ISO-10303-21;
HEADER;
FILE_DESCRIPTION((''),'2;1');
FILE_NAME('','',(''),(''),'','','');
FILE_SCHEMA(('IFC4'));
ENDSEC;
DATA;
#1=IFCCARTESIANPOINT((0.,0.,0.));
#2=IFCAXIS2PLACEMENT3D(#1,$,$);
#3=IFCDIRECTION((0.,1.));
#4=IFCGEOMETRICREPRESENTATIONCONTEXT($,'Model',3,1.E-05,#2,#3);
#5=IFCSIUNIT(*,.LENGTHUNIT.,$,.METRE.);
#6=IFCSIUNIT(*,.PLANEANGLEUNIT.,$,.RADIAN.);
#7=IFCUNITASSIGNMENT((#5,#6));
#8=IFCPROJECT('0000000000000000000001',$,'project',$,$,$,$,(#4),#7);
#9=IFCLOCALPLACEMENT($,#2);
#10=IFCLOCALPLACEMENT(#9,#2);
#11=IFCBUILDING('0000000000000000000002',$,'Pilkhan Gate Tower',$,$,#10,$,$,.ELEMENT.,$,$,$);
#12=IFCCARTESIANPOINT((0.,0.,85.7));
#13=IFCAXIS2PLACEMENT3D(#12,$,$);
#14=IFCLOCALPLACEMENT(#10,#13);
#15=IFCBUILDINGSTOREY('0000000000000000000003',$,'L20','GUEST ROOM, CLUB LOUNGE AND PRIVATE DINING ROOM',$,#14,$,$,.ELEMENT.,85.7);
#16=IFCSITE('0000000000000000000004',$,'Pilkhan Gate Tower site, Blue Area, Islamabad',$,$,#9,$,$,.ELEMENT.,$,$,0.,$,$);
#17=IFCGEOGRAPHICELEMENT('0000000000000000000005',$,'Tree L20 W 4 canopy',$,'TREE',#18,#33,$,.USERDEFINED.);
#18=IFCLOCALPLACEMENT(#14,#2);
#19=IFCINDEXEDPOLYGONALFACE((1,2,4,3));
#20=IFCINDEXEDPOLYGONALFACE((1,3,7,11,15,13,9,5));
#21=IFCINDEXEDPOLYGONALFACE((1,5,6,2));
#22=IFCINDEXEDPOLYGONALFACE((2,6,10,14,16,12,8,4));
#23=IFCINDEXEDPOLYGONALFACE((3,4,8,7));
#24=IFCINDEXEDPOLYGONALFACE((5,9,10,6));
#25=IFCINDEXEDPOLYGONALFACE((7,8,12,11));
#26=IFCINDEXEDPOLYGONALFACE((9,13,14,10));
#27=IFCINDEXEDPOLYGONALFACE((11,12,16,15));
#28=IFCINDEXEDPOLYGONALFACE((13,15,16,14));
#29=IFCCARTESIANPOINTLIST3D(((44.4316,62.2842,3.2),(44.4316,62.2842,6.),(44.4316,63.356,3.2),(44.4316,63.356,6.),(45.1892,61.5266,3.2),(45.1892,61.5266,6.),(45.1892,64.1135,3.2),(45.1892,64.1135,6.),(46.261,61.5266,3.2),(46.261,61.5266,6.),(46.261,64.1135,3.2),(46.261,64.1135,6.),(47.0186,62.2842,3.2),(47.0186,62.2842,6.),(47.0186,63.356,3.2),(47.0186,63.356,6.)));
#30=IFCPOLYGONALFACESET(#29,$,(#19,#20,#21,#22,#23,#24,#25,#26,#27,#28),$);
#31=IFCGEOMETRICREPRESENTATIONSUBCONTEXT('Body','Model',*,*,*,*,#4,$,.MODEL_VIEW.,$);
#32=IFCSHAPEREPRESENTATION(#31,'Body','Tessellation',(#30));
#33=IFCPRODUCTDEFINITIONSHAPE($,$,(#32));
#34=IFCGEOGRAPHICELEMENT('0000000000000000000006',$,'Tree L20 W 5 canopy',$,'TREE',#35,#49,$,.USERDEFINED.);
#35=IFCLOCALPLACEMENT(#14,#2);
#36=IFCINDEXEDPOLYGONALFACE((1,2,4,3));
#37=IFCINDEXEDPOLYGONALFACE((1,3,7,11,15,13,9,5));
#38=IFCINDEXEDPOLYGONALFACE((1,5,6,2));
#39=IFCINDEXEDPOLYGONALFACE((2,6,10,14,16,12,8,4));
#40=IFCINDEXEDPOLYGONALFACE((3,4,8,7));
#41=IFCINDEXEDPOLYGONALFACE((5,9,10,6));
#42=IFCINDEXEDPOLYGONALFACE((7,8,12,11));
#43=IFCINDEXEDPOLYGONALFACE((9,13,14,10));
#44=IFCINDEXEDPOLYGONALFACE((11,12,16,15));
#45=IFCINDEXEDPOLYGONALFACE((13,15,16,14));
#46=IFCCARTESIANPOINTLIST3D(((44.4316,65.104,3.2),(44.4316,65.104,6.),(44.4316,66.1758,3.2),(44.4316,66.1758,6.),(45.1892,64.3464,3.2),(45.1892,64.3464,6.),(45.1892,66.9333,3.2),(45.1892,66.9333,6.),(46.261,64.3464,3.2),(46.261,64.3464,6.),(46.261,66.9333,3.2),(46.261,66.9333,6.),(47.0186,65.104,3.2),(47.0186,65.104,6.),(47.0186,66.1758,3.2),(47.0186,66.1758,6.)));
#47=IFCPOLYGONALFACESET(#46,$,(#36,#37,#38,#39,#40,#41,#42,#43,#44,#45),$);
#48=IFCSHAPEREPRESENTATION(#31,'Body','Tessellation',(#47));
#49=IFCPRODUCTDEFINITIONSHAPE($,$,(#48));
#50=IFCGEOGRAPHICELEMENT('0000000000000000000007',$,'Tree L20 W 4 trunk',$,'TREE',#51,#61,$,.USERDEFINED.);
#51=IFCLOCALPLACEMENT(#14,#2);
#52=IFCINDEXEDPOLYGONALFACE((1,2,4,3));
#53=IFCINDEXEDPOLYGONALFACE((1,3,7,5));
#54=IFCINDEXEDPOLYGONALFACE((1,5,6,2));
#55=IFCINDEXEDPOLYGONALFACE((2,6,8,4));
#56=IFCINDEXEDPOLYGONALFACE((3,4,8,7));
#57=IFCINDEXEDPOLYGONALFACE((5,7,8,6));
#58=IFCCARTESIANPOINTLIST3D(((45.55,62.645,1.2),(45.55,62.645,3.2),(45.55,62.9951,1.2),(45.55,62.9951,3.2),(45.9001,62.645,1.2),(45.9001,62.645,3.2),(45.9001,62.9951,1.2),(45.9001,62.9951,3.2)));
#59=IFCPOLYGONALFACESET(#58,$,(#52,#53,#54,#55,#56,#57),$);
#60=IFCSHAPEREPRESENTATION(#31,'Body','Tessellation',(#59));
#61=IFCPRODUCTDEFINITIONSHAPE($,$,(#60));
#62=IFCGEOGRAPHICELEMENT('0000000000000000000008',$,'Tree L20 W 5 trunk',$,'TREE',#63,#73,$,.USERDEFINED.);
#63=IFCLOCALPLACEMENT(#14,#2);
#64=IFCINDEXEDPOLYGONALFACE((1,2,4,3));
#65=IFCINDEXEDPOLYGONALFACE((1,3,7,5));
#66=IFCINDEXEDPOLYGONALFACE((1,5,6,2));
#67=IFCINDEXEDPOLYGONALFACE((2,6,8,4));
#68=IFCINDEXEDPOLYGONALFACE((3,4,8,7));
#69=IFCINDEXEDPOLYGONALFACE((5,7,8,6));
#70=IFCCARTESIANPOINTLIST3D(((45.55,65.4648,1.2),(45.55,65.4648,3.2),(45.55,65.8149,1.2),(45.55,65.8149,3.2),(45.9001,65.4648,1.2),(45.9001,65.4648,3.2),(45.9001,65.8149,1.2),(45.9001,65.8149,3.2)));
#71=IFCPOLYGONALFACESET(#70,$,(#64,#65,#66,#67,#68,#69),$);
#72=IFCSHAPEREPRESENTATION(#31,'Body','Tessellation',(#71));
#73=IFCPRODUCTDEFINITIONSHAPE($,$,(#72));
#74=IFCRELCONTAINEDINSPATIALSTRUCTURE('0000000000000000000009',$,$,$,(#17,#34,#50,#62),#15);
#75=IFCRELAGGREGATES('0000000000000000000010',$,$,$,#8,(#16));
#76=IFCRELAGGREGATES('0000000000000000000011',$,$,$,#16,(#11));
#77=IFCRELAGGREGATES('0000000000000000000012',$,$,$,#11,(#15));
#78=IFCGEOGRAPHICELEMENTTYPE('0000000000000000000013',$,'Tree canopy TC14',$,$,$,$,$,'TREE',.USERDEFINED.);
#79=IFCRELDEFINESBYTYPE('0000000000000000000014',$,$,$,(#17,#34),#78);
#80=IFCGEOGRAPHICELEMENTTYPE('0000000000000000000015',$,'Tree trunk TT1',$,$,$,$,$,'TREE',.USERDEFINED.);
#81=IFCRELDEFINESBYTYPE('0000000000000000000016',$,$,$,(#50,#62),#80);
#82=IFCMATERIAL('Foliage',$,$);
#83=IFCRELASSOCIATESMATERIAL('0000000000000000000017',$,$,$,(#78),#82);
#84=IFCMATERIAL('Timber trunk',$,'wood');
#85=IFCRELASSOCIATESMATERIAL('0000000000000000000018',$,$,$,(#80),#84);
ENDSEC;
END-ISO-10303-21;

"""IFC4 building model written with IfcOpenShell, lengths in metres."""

from ifc_helpers import new_model, si_unit, direction, frame, origin, origin_2d, place, context, subcontext, project, spatial, polyline, rectangle, outline, extrude, material, material_profile, profile_set, type_object, element, save


model = new_model("IFC4")

# Units and contexts
model_context = context("Model", 3, precision=1e-05, world=origin(), true_north=direction((0.0, 1.0)))
body_context = subcontext(model_context, "Body", "Model", "MODEL_VIEW")
ifc_project = project(units=[si_unit("LENGTHUNIT", "METRE"), si_unit("PLANEANGLEUNIT", "RADIAN")], contexts=[model_context])

# Site, building, storey
site_placement = place(None, origin())
site = spatial("IfcSite", under=ifc_project, at=site_placement, Name="Pilkhan Gate Tower site, Blue Area, Islamabad", CompositionType="ELEMENT", RefElevation=0.0)
building_placement = place(site_placement, origin())
building = spatial("IfcBuilding", under=site, at=building_placement, Name="Pilkhan Gate Tower", CompositionType="ELEMENT")
storey_placement = place(building_placement, frame((0.0, 0.0, 85.7)))
storey = spatial("IfcBuildingStorey", under=building, at=storey_placement, Name="L20", Description="GUEST ROOM, CLUB LOUNGE AND PRIVATE DINING ROOM", CompositionType="ELEMENT", Elevation=85.7)

# Geographic elements
ifc_material_1 = material(Name="Foliage")
ifc_material_profile_1 = material_profile(ifc_material_1, outline(polyline([(1.2935, 0.5359), (0.5359, 1.2935), (-0.5359, 1.2935), (-1.2935, 0.5359), (-1.2935, -0.5359), (-0.5359, -1.2935), (0.5359, -1.2935), (1.2935, -0.5359), (1.2935, 0.5359)])), Name="Canopy D2.8")
ifc_profile_set_1 = profile_set([ifc_material_profile_1], Name="Foliage")
geographic_element_type_1 = type_object("IfcGeographicElementType", Name="Tree canopy TC14", ElementType="TREE", PredefinedType="USERDEFINED", material=ifc_profile_set_1)
for number, where, z_axis, x_axis, name in (
    (1, (45.7251, 62.8201, 3.2), (0.0, 0.0, 1.0), (1.0, 0.0, 0.0), "Tree L20 W 4 canopy"),
    (2, (45.7251, 65.6399, 3.2), (0.0, 0.0, 1.0), (1.0, 0.0, 0.0), "Tree L20 W 5 canopy"),
):
    element("IfcGeographicElement", number, at=place(storey_placement, frame(where, z_axis=z_axis, x_axis=x_axis)), inside=storey, type_object=geographic_element_type_1, Name=name, ObjectType="TREE", PredefinedType="USERDEFINED", context=body_context, shape_type="SweptSolid", body=[
        extrude(outline(polyline([(1.2935, 0.5359), (0.5359, 1.2935), (-0.5359, 1.2935), (-1.2935, 0.5359), (-1.2935, -0.5359), (-0.5359, -1.2935), (0.5359, -1.2935), (1.2935, -0.5359), (1.2935, 0.5359)])), origin(), (0.0, 0.0, 1.0), 2.8),
    ])
ifc_material_2 = material(Name="Timber trunk", Category="wood")
geographic_element_type_2 = type_object("IfcGeographicElementType", Name="Tree trunk TT1", ElementType="TREE", PredefinedType="USERDEFINED", material=ifc_material_2)
for number, where, z_axis, x_axis, name in (
    (3, (45.7251, 62.8201, 1.2), (0.0, 0.0, 1.0), (1.0, 0.0, 0.0), "Tree L20 W 4 trunk"),
    (4, (45.7251, 65.6399, 1.2), (0.0, 0.0, 1.0), (1.0, 0.0, 0.0), "Tree L20 W 5 trunk"),
):
    element("IfcGeographicElement", number, at=place(storey_placement, frame(where, z_axis=z_axis, x_axis=x_axis)), inside=storey, type_object=geographic_element_type_2, Name=name, ObjectType="TREE", PredefinedType="USERDEFINED", context=body_context, shape_type="SweptSolid", body=[
        extrude(rectangle(XDim=0.3501, YDim=0.3501, at=origin_2d()), origin(), (0.0, 0.0, 1.0), 2.0),
    ])

save(model, "model.ifc")
